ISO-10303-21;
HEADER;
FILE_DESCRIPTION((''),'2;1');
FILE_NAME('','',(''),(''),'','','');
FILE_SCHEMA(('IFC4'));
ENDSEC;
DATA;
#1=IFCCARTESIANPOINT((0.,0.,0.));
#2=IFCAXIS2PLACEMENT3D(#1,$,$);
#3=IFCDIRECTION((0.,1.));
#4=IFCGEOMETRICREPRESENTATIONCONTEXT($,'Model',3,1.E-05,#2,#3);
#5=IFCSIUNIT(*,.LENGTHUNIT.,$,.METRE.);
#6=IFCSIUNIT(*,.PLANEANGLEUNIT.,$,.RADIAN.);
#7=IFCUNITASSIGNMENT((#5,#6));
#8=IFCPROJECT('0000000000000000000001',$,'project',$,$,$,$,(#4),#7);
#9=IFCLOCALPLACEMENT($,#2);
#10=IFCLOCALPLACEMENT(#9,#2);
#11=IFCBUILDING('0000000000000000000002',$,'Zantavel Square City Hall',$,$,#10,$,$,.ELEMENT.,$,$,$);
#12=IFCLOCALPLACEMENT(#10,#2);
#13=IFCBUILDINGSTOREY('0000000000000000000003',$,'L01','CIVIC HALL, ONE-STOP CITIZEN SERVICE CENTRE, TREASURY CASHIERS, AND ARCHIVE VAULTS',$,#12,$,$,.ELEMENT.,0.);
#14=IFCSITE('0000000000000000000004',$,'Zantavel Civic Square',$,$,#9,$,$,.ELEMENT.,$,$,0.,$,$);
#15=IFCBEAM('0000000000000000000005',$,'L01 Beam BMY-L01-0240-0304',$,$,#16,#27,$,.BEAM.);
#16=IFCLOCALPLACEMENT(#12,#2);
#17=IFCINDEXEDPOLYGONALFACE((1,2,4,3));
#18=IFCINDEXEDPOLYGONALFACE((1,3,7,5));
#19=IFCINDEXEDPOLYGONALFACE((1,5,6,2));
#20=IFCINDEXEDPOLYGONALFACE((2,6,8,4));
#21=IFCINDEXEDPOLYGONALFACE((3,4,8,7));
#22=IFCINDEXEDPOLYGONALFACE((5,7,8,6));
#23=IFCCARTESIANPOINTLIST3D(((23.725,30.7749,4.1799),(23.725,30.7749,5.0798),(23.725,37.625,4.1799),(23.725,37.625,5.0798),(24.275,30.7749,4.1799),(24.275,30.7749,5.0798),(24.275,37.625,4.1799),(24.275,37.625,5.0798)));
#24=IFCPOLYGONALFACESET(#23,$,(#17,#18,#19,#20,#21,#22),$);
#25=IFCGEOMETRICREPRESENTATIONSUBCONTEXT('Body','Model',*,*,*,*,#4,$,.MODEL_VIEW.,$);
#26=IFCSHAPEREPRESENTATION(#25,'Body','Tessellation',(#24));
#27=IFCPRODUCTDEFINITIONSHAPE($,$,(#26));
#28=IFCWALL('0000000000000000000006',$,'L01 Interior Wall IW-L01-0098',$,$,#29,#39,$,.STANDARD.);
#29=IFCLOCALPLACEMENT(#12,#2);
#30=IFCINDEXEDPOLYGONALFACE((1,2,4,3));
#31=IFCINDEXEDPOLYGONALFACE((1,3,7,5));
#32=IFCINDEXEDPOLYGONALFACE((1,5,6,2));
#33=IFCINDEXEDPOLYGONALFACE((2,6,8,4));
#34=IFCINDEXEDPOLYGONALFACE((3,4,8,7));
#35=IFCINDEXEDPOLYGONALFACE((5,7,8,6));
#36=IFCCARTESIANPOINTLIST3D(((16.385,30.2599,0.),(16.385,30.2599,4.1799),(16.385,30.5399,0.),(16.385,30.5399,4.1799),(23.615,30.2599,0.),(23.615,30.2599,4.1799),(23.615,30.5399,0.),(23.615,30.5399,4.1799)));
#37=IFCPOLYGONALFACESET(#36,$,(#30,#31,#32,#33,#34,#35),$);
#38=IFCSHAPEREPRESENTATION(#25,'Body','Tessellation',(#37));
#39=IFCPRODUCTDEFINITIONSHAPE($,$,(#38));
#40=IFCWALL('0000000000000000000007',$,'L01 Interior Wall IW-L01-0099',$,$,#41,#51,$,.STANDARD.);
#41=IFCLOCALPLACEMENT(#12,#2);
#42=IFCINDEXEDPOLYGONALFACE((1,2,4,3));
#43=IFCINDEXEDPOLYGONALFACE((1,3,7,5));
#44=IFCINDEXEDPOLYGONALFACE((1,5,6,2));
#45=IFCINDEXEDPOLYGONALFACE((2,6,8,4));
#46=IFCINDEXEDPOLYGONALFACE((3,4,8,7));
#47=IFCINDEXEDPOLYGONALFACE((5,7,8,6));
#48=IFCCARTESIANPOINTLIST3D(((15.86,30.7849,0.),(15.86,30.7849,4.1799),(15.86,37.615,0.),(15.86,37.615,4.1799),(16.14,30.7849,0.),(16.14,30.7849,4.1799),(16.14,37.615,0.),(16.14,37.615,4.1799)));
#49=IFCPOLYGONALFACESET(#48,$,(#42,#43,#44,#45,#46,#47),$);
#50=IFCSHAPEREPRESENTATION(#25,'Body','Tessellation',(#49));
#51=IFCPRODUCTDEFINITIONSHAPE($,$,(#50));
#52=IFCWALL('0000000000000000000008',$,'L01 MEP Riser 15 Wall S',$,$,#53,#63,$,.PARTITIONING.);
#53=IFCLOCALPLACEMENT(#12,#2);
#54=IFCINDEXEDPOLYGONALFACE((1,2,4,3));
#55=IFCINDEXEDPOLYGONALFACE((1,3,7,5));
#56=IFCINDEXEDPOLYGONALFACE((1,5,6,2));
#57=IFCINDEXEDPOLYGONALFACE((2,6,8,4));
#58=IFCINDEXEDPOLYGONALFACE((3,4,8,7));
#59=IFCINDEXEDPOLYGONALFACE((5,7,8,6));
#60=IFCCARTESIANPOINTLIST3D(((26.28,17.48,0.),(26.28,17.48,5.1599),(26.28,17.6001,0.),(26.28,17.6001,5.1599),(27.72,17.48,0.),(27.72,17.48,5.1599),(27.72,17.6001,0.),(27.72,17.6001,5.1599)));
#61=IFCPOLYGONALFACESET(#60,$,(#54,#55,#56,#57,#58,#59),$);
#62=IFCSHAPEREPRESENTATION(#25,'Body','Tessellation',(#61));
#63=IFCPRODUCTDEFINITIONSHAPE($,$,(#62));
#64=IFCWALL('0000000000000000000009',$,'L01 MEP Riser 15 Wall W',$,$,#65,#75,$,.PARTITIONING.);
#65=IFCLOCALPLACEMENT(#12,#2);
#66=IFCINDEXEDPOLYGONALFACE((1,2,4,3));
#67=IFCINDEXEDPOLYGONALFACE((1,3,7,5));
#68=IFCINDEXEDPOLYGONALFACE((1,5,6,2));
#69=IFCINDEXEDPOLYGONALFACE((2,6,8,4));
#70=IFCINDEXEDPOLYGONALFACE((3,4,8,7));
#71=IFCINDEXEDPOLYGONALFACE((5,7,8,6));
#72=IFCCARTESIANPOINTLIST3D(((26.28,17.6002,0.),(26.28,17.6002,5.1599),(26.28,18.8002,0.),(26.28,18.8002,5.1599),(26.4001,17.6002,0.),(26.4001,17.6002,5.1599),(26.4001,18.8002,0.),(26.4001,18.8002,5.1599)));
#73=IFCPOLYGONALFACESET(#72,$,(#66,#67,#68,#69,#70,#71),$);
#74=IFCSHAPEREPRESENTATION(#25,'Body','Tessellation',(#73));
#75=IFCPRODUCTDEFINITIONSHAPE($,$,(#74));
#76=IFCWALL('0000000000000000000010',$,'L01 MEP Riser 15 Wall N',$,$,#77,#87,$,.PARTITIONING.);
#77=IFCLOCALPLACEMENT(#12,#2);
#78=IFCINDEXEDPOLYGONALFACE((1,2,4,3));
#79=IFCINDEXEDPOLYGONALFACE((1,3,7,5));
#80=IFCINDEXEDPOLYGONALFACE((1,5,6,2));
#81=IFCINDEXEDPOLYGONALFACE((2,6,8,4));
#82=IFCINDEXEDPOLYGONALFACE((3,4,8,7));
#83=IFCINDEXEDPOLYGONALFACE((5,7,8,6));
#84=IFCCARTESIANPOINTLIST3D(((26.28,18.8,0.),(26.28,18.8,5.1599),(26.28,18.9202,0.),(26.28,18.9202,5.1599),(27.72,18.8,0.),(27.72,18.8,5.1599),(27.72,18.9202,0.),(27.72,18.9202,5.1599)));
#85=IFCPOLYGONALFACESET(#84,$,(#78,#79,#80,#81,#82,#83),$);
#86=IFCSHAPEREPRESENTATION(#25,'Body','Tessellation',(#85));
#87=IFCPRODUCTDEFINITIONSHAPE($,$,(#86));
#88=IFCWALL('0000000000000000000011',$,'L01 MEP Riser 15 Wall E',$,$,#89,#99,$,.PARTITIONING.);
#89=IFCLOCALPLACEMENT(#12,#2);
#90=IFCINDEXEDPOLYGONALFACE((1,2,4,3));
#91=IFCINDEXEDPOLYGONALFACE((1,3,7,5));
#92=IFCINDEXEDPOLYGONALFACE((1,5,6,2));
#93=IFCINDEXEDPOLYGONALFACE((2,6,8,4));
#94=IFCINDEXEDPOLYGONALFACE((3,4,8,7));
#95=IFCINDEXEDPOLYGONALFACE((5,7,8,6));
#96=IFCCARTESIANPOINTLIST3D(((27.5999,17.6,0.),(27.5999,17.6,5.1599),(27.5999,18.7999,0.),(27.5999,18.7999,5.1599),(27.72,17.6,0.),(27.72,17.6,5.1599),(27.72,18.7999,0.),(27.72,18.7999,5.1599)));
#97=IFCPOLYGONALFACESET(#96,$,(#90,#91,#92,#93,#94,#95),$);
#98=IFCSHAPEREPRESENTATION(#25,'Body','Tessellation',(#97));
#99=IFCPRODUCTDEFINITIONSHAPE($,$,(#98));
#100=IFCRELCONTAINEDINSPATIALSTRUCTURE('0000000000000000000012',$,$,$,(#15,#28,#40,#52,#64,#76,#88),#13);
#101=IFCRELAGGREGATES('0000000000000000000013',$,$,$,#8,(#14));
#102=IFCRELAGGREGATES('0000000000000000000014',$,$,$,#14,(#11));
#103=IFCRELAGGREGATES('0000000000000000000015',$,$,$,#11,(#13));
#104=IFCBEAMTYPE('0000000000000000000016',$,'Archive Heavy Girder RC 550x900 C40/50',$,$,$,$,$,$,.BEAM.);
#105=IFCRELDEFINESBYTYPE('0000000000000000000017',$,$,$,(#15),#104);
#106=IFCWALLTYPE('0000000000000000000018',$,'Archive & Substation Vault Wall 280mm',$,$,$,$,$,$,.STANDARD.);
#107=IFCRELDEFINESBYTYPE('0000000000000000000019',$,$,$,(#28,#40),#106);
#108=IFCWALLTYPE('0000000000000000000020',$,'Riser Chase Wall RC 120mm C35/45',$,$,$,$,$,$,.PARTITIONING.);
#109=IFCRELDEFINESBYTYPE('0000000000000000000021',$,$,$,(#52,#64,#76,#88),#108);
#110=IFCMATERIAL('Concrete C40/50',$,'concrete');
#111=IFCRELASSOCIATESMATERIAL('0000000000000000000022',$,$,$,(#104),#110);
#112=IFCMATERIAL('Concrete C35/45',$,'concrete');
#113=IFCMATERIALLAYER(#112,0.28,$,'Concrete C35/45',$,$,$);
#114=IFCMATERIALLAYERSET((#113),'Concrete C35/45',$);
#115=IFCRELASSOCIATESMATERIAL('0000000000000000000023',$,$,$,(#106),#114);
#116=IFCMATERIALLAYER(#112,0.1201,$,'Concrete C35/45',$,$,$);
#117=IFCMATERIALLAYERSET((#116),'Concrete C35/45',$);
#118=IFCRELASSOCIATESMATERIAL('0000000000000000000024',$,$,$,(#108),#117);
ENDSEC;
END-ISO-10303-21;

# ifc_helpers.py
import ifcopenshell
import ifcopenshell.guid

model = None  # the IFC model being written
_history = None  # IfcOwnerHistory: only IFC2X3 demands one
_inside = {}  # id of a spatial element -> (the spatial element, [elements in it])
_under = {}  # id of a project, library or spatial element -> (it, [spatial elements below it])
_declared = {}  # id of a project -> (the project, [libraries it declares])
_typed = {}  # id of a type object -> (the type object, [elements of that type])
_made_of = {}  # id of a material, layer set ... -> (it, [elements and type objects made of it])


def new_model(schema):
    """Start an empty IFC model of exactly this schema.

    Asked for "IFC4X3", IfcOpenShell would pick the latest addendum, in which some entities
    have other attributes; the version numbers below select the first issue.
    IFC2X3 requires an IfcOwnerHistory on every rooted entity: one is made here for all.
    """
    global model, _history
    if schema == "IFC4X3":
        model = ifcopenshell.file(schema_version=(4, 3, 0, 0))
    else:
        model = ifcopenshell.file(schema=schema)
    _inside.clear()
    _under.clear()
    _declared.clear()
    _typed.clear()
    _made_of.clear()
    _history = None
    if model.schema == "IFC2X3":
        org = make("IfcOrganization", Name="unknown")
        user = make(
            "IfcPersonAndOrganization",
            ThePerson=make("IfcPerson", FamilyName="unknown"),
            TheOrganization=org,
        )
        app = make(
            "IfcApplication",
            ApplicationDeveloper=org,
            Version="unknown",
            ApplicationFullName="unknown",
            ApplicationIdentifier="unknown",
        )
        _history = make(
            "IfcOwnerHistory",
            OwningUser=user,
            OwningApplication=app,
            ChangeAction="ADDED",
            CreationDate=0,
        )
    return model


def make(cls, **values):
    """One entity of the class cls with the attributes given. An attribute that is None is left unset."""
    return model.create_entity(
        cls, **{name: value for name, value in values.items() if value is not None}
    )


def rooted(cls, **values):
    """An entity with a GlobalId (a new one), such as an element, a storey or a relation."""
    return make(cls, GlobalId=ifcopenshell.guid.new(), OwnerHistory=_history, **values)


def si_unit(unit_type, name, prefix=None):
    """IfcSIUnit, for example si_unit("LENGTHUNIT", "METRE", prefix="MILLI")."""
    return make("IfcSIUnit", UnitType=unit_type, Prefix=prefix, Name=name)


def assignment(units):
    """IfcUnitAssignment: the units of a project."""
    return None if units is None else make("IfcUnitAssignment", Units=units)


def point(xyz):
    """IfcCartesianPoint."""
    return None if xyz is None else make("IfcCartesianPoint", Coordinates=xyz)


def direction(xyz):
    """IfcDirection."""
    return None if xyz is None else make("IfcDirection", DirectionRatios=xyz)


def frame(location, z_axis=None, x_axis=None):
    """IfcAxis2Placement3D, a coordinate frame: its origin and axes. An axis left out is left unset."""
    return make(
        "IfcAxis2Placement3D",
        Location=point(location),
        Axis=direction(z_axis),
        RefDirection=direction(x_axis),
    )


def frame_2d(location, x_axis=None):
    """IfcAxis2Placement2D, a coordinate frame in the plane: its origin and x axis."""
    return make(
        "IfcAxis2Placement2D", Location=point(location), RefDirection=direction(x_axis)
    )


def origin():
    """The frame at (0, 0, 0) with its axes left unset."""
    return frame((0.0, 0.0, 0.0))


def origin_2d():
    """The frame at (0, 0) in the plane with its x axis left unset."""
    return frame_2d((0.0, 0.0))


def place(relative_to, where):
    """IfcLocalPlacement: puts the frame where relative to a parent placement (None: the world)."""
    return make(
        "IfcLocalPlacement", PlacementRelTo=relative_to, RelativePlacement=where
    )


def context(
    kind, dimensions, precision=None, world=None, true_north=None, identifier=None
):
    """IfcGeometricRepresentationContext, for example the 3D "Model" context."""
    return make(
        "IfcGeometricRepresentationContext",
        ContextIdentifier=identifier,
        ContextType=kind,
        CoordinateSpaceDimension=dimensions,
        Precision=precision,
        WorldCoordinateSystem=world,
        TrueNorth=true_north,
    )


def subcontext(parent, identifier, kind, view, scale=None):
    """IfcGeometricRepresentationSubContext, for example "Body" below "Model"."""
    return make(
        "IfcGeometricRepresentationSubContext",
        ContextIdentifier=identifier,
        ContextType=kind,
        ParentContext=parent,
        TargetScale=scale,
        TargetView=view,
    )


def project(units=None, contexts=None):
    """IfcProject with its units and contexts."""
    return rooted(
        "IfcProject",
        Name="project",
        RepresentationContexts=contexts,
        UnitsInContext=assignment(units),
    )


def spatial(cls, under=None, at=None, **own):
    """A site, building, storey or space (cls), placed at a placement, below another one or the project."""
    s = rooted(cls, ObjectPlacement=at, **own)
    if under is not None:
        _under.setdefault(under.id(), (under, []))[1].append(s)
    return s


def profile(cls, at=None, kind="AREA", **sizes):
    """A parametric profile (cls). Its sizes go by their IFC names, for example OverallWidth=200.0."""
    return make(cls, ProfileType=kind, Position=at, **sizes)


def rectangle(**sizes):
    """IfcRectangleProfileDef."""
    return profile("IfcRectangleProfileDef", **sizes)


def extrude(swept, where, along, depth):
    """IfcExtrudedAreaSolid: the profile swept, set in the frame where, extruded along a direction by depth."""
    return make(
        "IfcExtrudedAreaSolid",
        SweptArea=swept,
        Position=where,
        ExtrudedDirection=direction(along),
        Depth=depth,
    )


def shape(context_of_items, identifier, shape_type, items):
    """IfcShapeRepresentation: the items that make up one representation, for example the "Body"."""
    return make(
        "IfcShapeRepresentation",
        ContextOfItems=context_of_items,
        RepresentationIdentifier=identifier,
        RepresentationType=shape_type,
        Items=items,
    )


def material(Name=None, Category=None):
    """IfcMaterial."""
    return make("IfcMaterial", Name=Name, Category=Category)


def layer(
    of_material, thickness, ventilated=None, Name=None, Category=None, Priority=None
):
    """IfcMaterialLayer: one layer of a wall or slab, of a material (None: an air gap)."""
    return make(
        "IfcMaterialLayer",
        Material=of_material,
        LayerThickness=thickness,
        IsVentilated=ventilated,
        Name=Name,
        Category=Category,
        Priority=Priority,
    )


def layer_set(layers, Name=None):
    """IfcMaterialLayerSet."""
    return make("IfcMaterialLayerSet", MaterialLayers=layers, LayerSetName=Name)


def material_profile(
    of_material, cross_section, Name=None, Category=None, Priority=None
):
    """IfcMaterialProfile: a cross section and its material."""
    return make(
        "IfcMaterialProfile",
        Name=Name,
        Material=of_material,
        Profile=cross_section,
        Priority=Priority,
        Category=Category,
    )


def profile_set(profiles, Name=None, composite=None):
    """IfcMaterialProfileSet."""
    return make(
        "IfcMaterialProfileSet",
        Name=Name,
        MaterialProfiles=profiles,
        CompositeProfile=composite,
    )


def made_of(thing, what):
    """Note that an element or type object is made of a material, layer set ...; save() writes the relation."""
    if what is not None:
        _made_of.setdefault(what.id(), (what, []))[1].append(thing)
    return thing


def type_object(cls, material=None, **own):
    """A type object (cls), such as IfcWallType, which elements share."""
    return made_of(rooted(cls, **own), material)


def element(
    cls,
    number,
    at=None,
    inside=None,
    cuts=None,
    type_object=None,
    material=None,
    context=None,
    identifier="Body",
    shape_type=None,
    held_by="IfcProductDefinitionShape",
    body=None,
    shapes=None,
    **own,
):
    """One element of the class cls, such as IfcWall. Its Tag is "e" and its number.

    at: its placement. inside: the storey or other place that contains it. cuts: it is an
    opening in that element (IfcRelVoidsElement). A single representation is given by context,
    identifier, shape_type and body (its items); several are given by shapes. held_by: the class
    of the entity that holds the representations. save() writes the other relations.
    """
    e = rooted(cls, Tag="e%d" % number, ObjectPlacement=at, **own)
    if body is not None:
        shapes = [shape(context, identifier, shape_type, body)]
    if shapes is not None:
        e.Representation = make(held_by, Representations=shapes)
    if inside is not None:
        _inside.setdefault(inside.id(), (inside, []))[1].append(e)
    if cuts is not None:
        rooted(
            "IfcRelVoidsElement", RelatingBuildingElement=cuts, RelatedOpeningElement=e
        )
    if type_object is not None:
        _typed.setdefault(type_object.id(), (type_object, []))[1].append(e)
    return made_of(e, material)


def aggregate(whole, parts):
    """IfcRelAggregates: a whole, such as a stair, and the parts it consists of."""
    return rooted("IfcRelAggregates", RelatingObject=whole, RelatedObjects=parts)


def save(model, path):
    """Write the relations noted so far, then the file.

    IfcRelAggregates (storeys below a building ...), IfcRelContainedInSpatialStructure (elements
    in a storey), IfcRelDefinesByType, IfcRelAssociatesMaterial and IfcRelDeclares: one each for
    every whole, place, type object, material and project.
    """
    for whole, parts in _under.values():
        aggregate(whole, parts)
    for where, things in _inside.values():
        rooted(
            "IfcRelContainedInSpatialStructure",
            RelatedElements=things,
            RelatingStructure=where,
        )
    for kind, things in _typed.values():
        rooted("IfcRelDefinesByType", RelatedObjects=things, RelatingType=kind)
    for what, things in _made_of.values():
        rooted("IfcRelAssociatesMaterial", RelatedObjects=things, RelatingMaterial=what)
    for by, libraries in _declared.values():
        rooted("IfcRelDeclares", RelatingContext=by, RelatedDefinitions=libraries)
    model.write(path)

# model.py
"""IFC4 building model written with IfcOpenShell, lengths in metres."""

from ifc_helpers import new_model, si_unit, direction, frame, frame_2d, origin, origin_2d, place, context, subcontext, project, spatial, rectangle, extrude, material, layer, layer_set, material_profile, profile_set, type_object, element, save


model = new_model("IFC4")

# Units and contexts
model_context = context("Model", 3, precision=1e-05, world=origin(), true_north=direction((0.0, 1.0)))
body_context = subcontext(model_context, "Body", "Model", "MODEL_VIEW")
ifc_project = project(units=[si_unit("LENGTHUNIT", "METRE"), si_unit("PLANEANGLEUNIT", "RADIAN")], contexts=[model_context])

# Site, building, storey
site_placement = place(None, origin())
site = spatial("IfcSite", under=ifc_project, at=site_placement, Name="Zantavel Civic Square", CompositionType="ELEMENT", RefElevation=0.0)
building_placement = place(site_placement, origin())
building = spatial("IfcBuilding", under=site, at=building_placement, Name="Zantavel Square City Hall", CompositionType="ELEMENT")
storey_placement = place(building_placement, origin())
storey = spatial("IfcBuildingStorey", under=building, at=storey_placement, Name="L01", Description="CIVIC HALL, ONE-STOP CITIZEN SERVICE CENTRE, TREASURY CASHIERS, AND ARCHIVE VAULTS", CompositionType="ELEMENT", Elevation=0.0)

# Shared definitions
ifc_material_1 = material(Name="Concrete C40/50", Category="concrete")

# Beam
ifc_material_profile_1 = material_profile(ifc_material_1, rectangle(XDim=0.55, YDim=0.8999, at=origin_2d()), Name="RC 550x900")
ifc_profile_set_1 = profile_set([ifc_material_profile_1], Name="Concrete C40/50")
beam_type_1 = type_object("IfcBeamType", Name="Archive Heavy Girder RC 550x900 C40/50", PredefinedType="BEAM", material=ifc_profile_set_1)
for number, where, z_axis, x_axis, name in (
    (1, (24.0, 30.7749, 4.6299), (0.0, 1.0, 0.0), (-1.0, 0.0, 0.0), "L01 Beam BMY-L01-0240-0304"),
):
    element("IfcBeam", number, at=place(storey_placement, frame(where, z_axis=z_axis, x_axis=x_axis)), inside=storey, type_object=beam_type_1, Name=name, PredefinedType="BEAM", context=body_context, shape_type="SweptSolid", body=[
        extrude(rectangle(XDim=0.55, YDim=0.8999, at=origin_2d()), origin(), (0.0, 0.0, 1.0), 6.8501),
    ])

# Walls
ifc_material_2 = material(Name="Concrete C35/45", Category="concrete")
ifc_layer_1 = layer(ifc_material_2, 0.28, Name="Concrete C35/45")
ifc_layer_set_1 = layer_set([ifc_layer_1], Name="Concrete C35/45")
wall_type_1 = type_object("IfcWallType", Name="Archive & Substation Vault Wall 280mm", PredefinedType="STANDARD", material=ifc_layer_set_1)
wall_1_placement = place(storey_placement, frame((23.615, 30.3999, 0.0), z_axis=(0.0, 0.0, 1.0), x_axis=(-1.0, 0.0, 0.0)))
element("IfcWall", 2, at=wall_1_placement, inside=storey, type_object=wall_type_1, Name="L01 Interior Wall IW-L01-0098", PredefinedType="STANDARD", context=body_context, shape_type="SweptSolid", body=[
    extrude(rectangle(XDim=7.23, YDim=0.28, at=frame_2d((3.615, 0.0))), origin(), (0.0, 0.0, 1.0), 4.1799),
])
wall_2_placement = place(storey_placement, frame((16.0, 30.7849, 0.0), z_axis=(0.0, 0.0, 1.0), x_axis=(0.0, 1.0, 0.0)))
element("IfcWall", 3, at=wall_2_placement, inside=storey, type_object=wall_type_1, Name="L01 Interior Wall IW-L01-0099", PredefinedType="STANDARD", context=body_context, shape_type="SweptSolid", body=[
    extrude(rectangle(XDim=6.8301, YDim=0.28, at=frame_2d((3.415, 0.0))), origin(), (0.0, 0.0, 1.0), 4.1799),
])
ifc_layer_2 = layer(ifc_material_2, 0.1201, Name="Concrete C35/45")
ifc_layer_set_2 = layer_set([ifc_layer_2], Name="Concrete C35/45")
wall_type_2 = type_object("IfcWallType", Name="Riser Chase Wall RC 120mm C35/45", PredefinedType="PARTITIONING", material=ifc_layer_set_2)
wall_3_placement = place(storey_placement, frame((27.72, 17.54, 0.0), z_axis=(0.0, 0.0, 1.0), x_axis=(-1.0, 0.0, 0.0)))
element("IfcWall", 4, at=wall_3_placement, inside=storey, type_object=wall_type_2, Name="L01 MEP Riser 15 Wall S", PredefinedType="PARTITIONING", context=body_context, shape_type="SweptSolid", body=[
    extrude(rectangle(XDim=1.4399, YDim=0.1201, at=frame_2d((0.72, 0.0))), origin(), (0.0, 0.0, 1.0), 5.1599),
])
wall_4_placement = place(storey_placement, frame((26.3401, 17.6001, 0.0), z_axis=(0.0, 0.0, 1.0), x_axis=(0.0, 1.0, 0.0)))
element("IfcWall", 5, at=wall_4_placement, inside=storey, type_object=wall_type_2, Name="L01 MEP Riser 15 Wall W", PredefinedType="PARTITIONING", context=body_context, shape_type="SweptSolid", body=[
    extrude(rectangle(XDim=1.2, YDim=0.1201, at=frame_2d((0.6001, 0.0))), origin(), (0.0, 0.0, 1.0), 5.1599),
])
wall_5_placement = place(storey_placement, frame((26.28, 18.8601, 0.0), z_axis=(0.0, 0.0, 1.0), x_axis=(1.0, 0.0, 0.0)))
element("IfcWall", 6, at=wall_5_placement, inside=storey, type_object=wall_type_2, Name="L01 MEP Riser 15 Wall N", PredefinedType="PARTITIONING", context=body_context, shape_type="SweptSolid", body=[
    extrude(rectangle(XDim=1.4399, YDim=0.1201, at=frame_2d((0.72, 0.0))), origin(), (0.0, 0.0, 1.0), 5.1599),
])
wall_6_placement = place(storey_placement, frame((27.6599, 18.8, 0.0), z_axis=(0.0, 0.0, 1.0), x_axis=(0.0, -1.0, 0.0)))
element("IfcWall", 7, at=wall_6_placement, inside=storey, type_object=wall_type_2, Name="L01 MEP Riser 15 Wall E", PredefinedType="PARTITIONING", context=body_context, shape_type="SweptSolid", body=[
    extrude(rectangle(XDim=1.2, YDim=0.1201, at=frame_2d((0.6001, 0.0))), origin(), (0.0, 0.0, 1.0), 5.1599),
])

save(model, "model.ifc")
